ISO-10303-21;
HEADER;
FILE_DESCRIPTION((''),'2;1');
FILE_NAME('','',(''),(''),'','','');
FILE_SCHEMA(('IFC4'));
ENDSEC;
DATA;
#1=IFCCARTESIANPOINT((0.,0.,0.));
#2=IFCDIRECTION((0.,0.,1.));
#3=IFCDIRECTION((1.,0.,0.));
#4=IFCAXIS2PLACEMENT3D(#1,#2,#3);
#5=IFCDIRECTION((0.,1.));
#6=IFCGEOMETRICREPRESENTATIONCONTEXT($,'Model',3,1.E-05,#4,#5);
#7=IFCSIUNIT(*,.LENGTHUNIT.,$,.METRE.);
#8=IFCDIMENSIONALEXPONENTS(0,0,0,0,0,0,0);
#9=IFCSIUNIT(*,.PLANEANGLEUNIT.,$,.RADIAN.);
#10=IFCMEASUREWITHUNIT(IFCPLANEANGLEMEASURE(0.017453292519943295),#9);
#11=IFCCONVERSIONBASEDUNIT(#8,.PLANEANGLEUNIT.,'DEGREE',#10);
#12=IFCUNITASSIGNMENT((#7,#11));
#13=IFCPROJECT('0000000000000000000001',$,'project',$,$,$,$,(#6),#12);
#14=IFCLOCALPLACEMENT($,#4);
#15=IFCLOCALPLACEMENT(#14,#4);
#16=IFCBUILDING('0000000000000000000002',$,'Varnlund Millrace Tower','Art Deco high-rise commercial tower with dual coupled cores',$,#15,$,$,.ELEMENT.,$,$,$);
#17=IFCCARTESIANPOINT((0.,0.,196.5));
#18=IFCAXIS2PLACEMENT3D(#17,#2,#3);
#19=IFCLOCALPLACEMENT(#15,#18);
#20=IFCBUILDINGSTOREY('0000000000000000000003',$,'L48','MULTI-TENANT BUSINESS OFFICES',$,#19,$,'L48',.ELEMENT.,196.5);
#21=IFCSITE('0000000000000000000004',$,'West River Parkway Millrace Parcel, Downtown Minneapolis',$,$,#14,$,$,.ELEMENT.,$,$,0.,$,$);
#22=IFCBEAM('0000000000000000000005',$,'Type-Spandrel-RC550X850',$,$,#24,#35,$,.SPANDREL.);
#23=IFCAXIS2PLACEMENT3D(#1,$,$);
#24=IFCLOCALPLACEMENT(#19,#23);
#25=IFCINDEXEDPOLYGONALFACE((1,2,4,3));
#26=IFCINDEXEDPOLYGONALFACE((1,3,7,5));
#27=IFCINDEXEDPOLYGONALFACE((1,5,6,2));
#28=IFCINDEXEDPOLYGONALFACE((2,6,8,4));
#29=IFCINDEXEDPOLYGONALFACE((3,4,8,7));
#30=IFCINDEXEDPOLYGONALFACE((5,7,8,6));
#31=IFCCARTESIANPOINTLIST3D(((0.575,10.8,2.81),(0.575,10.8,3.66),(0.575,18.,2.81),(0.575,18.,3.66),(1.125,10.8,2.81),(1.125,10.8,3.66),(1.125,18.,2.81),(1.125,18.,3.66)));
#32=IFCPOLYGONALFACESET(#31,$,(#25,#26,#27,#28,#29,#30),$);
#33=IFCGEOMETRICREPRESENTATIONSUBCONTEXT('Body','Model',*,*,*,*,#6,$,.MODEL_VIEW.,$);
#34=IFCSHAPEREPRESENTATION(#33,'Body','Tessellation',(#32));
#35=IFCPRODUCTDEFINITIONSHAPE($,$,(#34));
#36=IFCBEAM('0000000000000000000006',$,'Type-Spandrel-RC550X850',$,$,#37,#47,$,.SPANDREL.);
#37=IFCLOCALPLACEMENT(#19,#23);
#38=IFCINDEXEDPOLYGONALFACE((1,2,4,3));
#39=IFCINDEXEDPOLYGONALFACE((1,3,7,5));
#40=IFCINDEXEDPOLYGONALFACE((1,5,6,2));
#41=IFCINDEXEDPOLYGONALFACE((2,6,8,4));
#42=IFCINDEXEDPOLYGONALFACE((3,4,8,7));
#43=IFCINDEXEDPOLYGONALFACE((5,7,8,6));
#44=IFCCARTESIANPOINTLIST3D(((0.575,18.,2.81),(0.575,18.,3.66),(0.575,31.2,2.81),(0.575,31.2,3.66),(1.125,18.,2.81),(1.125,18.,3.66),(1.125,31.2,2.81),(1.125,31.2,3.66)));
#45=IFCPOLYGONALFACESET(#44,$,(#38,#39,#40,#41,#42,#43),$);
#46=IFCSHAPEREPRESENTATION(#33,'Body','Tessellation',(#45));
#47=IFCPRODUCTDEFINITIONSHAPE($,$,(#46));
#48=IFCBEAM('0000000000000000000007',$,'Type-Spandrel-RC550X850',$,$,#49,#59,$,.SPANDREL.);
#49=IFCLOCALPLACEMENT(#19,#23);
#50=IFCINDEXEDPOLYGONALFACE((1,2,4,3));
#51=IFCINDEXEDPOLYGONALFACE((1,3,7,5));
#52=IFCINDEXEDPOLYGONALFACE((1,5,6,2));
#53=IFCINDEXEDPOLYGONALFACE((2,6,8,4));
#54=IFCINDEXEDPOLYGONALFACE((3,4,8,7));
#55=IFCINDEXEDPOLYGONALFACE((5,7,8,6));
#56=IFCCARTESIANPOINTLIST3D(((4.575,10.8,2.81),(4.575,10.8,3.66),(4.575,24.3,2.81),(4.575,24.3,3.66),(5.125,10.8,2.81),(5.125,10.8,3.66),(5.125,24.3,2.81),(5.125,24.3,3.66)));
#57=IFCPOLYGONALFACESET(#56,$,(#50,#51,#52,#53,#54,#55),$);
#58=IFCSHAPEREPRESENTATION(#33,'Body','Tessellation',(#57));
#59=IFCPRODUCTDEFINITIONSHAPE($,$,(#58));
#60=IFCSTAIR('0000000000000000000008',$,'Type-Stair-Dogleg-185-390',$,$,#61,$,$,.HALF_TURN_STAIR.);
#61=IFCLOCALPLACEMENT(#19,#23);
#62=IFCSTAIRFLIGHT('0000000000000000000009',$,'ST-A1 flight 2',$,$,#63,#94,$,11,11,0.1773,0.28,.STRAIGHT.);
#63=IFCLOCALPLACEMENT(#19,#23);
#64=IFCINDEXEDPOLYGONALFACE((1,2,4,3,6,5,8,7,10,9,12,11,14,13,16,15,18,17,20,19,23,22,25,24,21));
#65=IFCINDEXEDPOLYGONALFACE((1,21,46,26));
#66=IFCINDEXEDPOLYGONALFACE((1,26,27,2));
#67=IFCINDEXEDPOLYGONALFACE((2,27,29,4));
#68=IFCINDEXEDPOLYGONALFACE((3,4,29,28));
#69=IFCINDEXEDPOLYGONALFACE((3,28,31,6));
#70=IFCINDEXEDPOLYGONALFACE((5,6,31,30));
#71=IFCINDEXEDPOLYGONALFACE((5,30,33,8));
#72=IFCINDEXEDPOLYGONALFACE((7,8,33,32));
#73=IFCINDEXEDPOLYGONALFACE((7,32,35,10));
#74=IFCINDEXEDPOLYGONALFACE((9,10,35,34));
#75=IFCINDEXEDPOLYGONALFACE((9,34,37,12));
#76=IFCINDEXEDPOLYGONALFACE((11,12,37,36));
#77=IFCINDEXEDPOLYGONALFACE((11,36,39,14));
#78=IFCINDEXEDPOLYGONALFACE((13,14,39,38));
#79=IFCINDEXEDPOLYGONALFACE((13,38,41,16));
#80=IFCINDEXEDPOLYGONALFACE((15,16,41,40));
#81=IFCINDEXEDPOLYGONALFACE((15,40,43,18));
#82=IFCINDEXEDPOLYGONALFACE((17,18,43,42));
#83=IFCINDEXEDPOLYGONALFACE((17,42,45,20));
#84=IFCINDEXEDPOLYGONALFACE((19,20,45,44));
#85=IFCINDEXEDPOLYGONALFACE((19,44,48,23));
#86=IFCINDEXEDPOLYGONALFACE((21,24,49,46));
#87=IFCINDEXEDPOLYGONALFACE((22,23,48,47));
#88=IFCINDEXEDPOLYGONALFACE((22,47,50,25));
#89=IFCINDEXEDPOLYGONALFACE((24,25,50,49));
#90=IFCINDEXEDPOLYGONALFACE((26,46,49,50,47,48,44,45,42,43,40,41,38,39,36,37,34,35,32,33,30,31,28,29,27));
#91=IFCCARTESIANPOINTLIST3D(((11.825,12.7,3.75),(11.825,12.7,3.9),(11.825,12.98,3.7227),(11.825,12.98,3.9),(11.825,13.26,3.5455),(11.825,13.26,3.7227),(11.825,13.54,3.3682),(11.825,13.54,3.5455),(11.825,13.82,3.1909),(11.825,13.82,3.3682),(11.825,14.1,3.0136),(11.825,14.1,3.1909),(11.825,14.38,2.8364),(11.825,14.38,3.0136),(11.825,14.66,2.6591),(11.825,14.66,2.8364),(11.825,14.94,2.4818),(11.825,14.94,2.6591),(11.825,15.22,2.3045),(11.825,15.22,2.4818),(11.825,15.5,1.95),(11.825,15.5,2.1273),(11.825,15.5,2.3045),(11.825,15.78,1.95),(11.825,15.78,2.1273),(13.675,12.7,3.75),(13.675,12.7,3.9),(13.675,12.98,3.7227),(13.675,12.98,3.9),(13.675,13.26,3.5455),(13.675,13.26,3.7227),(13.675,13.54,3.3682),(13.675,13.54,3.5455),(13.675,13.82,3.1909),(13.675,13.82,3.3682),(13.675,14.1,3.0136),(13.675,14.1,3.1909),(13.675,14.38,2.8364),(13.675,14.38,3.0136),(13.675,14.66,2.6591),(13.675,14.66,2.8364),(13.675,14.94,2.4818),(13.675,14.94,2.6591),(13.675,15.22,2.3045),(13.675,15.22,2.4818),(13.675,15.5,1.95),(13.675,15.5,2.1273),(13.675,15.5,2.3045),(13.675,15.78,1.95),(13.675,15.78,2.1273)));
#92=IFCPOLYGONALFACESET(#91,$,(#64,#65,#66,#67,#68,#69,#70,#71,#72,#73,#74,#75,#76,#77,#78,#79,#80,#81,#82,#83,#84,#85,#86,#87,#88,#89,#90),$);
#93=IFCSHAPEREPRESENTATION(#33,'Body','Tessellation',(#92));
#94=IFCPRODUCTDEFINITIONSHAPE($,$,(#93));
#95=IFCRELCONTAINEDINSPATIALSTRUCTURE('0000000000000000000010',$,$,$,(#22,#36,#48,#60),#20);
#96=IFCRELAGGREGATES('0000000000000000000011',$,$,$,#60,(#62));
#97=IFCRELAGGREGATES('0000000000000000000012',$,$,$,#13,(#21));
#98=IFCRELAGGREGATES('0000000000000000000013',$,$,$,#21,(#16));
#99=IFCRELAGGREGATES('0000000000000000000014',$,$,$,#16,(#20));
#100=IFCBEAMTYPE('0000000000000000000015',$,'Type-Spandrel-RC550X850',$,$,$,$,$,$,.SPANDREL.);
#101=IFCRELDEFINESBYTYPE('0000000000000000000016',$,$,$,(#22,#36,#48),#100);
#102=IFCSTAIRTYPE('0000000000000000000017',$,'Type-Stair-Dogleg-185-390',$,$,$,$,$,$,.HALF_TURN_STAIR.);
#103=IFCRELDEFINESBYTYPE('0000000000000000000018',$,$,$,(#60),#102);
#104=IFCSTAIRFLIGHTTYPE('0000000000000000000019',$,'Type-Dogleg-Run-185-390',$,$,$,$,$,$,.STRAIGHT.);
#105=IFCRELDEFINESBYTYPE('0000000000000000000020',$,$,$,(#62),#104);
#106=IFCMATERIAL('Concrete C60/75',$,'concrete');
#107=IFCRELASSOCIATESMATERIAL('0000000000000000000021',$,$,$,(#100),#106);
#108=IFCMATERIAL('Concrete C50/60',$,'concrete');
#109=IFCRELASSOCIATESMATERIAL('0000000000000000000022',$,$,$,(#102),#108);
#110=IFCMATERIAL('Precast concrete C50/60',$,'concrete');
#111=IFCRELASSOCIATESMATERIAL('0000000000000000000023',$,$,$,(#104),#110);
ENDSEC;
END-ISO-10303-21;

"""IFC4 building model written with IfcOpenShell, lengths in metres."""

from ifc_helpers import new_model, entity, si_unit, converted_unit, direction, frame, origin_with_axes, origin_2d_with_axis, place, context, subcontext, project, spatial, polyline, rectangle, outline, extrude, material, material_profile, profile_set, type_object, element, aggregate, save


model = new_model("IFC4")

# Units and contexts
model_context = context("Model", 3, precision=1e-05, world=origin_with_axes(), true_north=direction((0.0, 1.0)))
body_context = subcontext(model_context, "Body", "Model", "MODEL_VIEW")
ifc_project = project(units=[si_unit("LENGTHUNIT", "METRE"), converted_unit("PLANEANGLEUNIT", "DEGREE", entity("IfcPlaneAngleMeasure", 0.017453292519943295), si_unit("PLANEANGLEUNIT", "RADIAN"), dimensions=[0, 0, 0, 0, 0, 0, 0])], contexts=[model_context])

# Site, building, storey
site_placement = place(None, origin_with_axes())
site = spatial("IfcSite", under=ifc_project, at=site_placement, Name="West River Parkway Millrace Parcel, Downtown Minneapolis", CompositionType="ELEMENT", RefElevation=0.0)
building_placement = place(site_placement, origin_with_axes())
building = spatial("IfcBuilding", under=site, at=building_placement, Name="Varnlund Millrace Tower", Description="Art Deco high-rise commercial tower with dual coupled cores", CompositionType="ELEMENT")
storey_placement = place(building_placement, frame((0.0, 0.0, 196.5), z_axis=(0.0, 0.0, 1.0), x_axis=(1.0, 0.0, 0.0)))
storey = spatial("IfcBuildingStorey", under=building, at=storey_placement, Name="L48", Description="MULTI-TENANT BUSINESS OFFICES", LongName="L48", CompositionType="ELEMENT", Elevation=196.5)

# Beams
ifc_material_1 = material(Name="Concrete C60/75", Category="concrete")
ifc_material_profile_1 = material_profile(ifc_material_1, rectangle(XDim=0.55, YDim=0.85, at=origin_2d_with_axis()), Name="Concrete C60/75")
ifc_profile_set_1 = profile_set([ifc_material_profile_1], Name="Concrete C60/75")
beam_type_1 = type_object("IfcBeamType", Name="Type-Spandrel-RC550X850", PredefinedType="SPANDREL", material=ifc_profile_set_1)
beam_1_placement = place(storey_placement, frame((0.85, 10.8, 3.235), z_axis=(0.0, 1.0, 0.0), x_axis=(-1.0, 0.0, 0.0)))
element("IfcBeam", 1, at=beam_1_placement, inside=storey, type_object=beam_type_1, Name="Type-Spandrel-RC550X850", PredefinedType="SPANDREL", context=body_context, shape_type="SweptSolid", body=[
    extrude(rectangle(XDim=0.55, YDim=0.85, at=origin_2d_with_axis()), origin_with_axes(), (0.0, 0.0, 1.0), 7.2),
])
beam_2_placement = place(storey_placement, frame((0.85, 18.0, 3.235), z_axis=(0.0, 1.0, 0.0), x_axis=(-1.0, 0.0, 0.0)))
element("IfcBeam", 2, at=beam_2_placement, inside=storey, type_object=beam_type_1, Name="Type-Spandrel-RC550X850", PredefinedType="SPANDREL", context=body_context, shape_type="SweptSolid", body=[
    extrude(rectangle(XDim=0.55, YDim=0.85, at=origin_2d_with_axis()), origin_with_axes(), (0.0, 0.0, 1.0), 13.2),
])
beam_3_placement = place(storey_placement, frame((4.85, 10.8, 3.235), z_axis=(0.0, 1.0, 0.0), x_axis=(-1.0, 0.0, 0.0)))
element("IfcBeam", 3, at=beam_3_placement, inside=storey, type_object=beam_type_1, Name="Type-Spandrel-RC550X850", PredefinedType="SPANDREL", context=body_context, shape_type="SweptSolid", body=[
    extrude(rectangle(XDim=0.55, YDim=0.85, at=origin_2d_with_axis()), origin_with_axes(), (0.0, 0.0, 1.0), 13.5),
])

# Stair, stair flight
ifc_material_2 = material(Name="Concrete C50/60", Category="concrete")
stair_type = type_object("IfcStairType", Name="Type-Stair-Dogleg-185-390", PredefinedType="HALF_TURN_STAIR", material=ifc_material_2)
stair_placement = place(storey_placement, origin_with_axes())
stair = element("IfcStair", 4, at=stair_placement, inside=storey, type_object=stair_type, Name="Type-Stair-Dogleg-185-390", PredefinedType="HALF_TURN_STAIR")
ifc_material_3 = material(Name="Precast concrete C50/60", Category="concrete")
stair_flight_type = type_object("IfcStairFlightType", Name="Type-Dogleg-Run-185-390", PredefinedType="STRAIGHT", material=ifc_material_3)
stair_flight_placement = place(storey_placement, frame((13.675, 15.78, 1.95), z_axis=(-1.0, 0.0, 0.0), x_axis=(0.0, -1.0, 0.0)))
stair_flight = element("IfcStairFlight", 5, at=stair_flight_placement, type_object=stair_flight_type, Name="ST-A1 flight 2", NumberOfRisers=11, NumberOfTreads=11, PredefinedType="STRAIGHT", RiserHeight=0.1773, TreadLength=0.28, context=body_context, shape_type="SweptSolid", body=[
    extrude(outline(polyline([(0.0, 0.0), (0.0, 0.1773), (0.28, 0.1773), (0.28, 0.3545), (0.56, 0.3545), (0.56, 0.5318), (0.84, 0.5318), (0.84, 0.7091), (1.12, 0.7091), (1.12, 0.8864), (1.4, 0.8864), (1.4, 1.0636), (1.68, 1.0636), (1.68, 1.2409), (1.96, 1.2409), (1.96, 1.4182), (2.24, 1.4182), (2.24, 1.5955), (2.52, 1.5955), (2.52, 1.7727), (2.8, 1.7727), (2.8, 1.95), (3.08, 1.95), (3.08, 1.8), (0.28, 0.0), (0.0, 0.0)])), origin_with_axes(), (0.0, 0.0, 1.0), 1.85),
])
aggregate(stair, [stair_flight])

save(model, "model.ifc")
